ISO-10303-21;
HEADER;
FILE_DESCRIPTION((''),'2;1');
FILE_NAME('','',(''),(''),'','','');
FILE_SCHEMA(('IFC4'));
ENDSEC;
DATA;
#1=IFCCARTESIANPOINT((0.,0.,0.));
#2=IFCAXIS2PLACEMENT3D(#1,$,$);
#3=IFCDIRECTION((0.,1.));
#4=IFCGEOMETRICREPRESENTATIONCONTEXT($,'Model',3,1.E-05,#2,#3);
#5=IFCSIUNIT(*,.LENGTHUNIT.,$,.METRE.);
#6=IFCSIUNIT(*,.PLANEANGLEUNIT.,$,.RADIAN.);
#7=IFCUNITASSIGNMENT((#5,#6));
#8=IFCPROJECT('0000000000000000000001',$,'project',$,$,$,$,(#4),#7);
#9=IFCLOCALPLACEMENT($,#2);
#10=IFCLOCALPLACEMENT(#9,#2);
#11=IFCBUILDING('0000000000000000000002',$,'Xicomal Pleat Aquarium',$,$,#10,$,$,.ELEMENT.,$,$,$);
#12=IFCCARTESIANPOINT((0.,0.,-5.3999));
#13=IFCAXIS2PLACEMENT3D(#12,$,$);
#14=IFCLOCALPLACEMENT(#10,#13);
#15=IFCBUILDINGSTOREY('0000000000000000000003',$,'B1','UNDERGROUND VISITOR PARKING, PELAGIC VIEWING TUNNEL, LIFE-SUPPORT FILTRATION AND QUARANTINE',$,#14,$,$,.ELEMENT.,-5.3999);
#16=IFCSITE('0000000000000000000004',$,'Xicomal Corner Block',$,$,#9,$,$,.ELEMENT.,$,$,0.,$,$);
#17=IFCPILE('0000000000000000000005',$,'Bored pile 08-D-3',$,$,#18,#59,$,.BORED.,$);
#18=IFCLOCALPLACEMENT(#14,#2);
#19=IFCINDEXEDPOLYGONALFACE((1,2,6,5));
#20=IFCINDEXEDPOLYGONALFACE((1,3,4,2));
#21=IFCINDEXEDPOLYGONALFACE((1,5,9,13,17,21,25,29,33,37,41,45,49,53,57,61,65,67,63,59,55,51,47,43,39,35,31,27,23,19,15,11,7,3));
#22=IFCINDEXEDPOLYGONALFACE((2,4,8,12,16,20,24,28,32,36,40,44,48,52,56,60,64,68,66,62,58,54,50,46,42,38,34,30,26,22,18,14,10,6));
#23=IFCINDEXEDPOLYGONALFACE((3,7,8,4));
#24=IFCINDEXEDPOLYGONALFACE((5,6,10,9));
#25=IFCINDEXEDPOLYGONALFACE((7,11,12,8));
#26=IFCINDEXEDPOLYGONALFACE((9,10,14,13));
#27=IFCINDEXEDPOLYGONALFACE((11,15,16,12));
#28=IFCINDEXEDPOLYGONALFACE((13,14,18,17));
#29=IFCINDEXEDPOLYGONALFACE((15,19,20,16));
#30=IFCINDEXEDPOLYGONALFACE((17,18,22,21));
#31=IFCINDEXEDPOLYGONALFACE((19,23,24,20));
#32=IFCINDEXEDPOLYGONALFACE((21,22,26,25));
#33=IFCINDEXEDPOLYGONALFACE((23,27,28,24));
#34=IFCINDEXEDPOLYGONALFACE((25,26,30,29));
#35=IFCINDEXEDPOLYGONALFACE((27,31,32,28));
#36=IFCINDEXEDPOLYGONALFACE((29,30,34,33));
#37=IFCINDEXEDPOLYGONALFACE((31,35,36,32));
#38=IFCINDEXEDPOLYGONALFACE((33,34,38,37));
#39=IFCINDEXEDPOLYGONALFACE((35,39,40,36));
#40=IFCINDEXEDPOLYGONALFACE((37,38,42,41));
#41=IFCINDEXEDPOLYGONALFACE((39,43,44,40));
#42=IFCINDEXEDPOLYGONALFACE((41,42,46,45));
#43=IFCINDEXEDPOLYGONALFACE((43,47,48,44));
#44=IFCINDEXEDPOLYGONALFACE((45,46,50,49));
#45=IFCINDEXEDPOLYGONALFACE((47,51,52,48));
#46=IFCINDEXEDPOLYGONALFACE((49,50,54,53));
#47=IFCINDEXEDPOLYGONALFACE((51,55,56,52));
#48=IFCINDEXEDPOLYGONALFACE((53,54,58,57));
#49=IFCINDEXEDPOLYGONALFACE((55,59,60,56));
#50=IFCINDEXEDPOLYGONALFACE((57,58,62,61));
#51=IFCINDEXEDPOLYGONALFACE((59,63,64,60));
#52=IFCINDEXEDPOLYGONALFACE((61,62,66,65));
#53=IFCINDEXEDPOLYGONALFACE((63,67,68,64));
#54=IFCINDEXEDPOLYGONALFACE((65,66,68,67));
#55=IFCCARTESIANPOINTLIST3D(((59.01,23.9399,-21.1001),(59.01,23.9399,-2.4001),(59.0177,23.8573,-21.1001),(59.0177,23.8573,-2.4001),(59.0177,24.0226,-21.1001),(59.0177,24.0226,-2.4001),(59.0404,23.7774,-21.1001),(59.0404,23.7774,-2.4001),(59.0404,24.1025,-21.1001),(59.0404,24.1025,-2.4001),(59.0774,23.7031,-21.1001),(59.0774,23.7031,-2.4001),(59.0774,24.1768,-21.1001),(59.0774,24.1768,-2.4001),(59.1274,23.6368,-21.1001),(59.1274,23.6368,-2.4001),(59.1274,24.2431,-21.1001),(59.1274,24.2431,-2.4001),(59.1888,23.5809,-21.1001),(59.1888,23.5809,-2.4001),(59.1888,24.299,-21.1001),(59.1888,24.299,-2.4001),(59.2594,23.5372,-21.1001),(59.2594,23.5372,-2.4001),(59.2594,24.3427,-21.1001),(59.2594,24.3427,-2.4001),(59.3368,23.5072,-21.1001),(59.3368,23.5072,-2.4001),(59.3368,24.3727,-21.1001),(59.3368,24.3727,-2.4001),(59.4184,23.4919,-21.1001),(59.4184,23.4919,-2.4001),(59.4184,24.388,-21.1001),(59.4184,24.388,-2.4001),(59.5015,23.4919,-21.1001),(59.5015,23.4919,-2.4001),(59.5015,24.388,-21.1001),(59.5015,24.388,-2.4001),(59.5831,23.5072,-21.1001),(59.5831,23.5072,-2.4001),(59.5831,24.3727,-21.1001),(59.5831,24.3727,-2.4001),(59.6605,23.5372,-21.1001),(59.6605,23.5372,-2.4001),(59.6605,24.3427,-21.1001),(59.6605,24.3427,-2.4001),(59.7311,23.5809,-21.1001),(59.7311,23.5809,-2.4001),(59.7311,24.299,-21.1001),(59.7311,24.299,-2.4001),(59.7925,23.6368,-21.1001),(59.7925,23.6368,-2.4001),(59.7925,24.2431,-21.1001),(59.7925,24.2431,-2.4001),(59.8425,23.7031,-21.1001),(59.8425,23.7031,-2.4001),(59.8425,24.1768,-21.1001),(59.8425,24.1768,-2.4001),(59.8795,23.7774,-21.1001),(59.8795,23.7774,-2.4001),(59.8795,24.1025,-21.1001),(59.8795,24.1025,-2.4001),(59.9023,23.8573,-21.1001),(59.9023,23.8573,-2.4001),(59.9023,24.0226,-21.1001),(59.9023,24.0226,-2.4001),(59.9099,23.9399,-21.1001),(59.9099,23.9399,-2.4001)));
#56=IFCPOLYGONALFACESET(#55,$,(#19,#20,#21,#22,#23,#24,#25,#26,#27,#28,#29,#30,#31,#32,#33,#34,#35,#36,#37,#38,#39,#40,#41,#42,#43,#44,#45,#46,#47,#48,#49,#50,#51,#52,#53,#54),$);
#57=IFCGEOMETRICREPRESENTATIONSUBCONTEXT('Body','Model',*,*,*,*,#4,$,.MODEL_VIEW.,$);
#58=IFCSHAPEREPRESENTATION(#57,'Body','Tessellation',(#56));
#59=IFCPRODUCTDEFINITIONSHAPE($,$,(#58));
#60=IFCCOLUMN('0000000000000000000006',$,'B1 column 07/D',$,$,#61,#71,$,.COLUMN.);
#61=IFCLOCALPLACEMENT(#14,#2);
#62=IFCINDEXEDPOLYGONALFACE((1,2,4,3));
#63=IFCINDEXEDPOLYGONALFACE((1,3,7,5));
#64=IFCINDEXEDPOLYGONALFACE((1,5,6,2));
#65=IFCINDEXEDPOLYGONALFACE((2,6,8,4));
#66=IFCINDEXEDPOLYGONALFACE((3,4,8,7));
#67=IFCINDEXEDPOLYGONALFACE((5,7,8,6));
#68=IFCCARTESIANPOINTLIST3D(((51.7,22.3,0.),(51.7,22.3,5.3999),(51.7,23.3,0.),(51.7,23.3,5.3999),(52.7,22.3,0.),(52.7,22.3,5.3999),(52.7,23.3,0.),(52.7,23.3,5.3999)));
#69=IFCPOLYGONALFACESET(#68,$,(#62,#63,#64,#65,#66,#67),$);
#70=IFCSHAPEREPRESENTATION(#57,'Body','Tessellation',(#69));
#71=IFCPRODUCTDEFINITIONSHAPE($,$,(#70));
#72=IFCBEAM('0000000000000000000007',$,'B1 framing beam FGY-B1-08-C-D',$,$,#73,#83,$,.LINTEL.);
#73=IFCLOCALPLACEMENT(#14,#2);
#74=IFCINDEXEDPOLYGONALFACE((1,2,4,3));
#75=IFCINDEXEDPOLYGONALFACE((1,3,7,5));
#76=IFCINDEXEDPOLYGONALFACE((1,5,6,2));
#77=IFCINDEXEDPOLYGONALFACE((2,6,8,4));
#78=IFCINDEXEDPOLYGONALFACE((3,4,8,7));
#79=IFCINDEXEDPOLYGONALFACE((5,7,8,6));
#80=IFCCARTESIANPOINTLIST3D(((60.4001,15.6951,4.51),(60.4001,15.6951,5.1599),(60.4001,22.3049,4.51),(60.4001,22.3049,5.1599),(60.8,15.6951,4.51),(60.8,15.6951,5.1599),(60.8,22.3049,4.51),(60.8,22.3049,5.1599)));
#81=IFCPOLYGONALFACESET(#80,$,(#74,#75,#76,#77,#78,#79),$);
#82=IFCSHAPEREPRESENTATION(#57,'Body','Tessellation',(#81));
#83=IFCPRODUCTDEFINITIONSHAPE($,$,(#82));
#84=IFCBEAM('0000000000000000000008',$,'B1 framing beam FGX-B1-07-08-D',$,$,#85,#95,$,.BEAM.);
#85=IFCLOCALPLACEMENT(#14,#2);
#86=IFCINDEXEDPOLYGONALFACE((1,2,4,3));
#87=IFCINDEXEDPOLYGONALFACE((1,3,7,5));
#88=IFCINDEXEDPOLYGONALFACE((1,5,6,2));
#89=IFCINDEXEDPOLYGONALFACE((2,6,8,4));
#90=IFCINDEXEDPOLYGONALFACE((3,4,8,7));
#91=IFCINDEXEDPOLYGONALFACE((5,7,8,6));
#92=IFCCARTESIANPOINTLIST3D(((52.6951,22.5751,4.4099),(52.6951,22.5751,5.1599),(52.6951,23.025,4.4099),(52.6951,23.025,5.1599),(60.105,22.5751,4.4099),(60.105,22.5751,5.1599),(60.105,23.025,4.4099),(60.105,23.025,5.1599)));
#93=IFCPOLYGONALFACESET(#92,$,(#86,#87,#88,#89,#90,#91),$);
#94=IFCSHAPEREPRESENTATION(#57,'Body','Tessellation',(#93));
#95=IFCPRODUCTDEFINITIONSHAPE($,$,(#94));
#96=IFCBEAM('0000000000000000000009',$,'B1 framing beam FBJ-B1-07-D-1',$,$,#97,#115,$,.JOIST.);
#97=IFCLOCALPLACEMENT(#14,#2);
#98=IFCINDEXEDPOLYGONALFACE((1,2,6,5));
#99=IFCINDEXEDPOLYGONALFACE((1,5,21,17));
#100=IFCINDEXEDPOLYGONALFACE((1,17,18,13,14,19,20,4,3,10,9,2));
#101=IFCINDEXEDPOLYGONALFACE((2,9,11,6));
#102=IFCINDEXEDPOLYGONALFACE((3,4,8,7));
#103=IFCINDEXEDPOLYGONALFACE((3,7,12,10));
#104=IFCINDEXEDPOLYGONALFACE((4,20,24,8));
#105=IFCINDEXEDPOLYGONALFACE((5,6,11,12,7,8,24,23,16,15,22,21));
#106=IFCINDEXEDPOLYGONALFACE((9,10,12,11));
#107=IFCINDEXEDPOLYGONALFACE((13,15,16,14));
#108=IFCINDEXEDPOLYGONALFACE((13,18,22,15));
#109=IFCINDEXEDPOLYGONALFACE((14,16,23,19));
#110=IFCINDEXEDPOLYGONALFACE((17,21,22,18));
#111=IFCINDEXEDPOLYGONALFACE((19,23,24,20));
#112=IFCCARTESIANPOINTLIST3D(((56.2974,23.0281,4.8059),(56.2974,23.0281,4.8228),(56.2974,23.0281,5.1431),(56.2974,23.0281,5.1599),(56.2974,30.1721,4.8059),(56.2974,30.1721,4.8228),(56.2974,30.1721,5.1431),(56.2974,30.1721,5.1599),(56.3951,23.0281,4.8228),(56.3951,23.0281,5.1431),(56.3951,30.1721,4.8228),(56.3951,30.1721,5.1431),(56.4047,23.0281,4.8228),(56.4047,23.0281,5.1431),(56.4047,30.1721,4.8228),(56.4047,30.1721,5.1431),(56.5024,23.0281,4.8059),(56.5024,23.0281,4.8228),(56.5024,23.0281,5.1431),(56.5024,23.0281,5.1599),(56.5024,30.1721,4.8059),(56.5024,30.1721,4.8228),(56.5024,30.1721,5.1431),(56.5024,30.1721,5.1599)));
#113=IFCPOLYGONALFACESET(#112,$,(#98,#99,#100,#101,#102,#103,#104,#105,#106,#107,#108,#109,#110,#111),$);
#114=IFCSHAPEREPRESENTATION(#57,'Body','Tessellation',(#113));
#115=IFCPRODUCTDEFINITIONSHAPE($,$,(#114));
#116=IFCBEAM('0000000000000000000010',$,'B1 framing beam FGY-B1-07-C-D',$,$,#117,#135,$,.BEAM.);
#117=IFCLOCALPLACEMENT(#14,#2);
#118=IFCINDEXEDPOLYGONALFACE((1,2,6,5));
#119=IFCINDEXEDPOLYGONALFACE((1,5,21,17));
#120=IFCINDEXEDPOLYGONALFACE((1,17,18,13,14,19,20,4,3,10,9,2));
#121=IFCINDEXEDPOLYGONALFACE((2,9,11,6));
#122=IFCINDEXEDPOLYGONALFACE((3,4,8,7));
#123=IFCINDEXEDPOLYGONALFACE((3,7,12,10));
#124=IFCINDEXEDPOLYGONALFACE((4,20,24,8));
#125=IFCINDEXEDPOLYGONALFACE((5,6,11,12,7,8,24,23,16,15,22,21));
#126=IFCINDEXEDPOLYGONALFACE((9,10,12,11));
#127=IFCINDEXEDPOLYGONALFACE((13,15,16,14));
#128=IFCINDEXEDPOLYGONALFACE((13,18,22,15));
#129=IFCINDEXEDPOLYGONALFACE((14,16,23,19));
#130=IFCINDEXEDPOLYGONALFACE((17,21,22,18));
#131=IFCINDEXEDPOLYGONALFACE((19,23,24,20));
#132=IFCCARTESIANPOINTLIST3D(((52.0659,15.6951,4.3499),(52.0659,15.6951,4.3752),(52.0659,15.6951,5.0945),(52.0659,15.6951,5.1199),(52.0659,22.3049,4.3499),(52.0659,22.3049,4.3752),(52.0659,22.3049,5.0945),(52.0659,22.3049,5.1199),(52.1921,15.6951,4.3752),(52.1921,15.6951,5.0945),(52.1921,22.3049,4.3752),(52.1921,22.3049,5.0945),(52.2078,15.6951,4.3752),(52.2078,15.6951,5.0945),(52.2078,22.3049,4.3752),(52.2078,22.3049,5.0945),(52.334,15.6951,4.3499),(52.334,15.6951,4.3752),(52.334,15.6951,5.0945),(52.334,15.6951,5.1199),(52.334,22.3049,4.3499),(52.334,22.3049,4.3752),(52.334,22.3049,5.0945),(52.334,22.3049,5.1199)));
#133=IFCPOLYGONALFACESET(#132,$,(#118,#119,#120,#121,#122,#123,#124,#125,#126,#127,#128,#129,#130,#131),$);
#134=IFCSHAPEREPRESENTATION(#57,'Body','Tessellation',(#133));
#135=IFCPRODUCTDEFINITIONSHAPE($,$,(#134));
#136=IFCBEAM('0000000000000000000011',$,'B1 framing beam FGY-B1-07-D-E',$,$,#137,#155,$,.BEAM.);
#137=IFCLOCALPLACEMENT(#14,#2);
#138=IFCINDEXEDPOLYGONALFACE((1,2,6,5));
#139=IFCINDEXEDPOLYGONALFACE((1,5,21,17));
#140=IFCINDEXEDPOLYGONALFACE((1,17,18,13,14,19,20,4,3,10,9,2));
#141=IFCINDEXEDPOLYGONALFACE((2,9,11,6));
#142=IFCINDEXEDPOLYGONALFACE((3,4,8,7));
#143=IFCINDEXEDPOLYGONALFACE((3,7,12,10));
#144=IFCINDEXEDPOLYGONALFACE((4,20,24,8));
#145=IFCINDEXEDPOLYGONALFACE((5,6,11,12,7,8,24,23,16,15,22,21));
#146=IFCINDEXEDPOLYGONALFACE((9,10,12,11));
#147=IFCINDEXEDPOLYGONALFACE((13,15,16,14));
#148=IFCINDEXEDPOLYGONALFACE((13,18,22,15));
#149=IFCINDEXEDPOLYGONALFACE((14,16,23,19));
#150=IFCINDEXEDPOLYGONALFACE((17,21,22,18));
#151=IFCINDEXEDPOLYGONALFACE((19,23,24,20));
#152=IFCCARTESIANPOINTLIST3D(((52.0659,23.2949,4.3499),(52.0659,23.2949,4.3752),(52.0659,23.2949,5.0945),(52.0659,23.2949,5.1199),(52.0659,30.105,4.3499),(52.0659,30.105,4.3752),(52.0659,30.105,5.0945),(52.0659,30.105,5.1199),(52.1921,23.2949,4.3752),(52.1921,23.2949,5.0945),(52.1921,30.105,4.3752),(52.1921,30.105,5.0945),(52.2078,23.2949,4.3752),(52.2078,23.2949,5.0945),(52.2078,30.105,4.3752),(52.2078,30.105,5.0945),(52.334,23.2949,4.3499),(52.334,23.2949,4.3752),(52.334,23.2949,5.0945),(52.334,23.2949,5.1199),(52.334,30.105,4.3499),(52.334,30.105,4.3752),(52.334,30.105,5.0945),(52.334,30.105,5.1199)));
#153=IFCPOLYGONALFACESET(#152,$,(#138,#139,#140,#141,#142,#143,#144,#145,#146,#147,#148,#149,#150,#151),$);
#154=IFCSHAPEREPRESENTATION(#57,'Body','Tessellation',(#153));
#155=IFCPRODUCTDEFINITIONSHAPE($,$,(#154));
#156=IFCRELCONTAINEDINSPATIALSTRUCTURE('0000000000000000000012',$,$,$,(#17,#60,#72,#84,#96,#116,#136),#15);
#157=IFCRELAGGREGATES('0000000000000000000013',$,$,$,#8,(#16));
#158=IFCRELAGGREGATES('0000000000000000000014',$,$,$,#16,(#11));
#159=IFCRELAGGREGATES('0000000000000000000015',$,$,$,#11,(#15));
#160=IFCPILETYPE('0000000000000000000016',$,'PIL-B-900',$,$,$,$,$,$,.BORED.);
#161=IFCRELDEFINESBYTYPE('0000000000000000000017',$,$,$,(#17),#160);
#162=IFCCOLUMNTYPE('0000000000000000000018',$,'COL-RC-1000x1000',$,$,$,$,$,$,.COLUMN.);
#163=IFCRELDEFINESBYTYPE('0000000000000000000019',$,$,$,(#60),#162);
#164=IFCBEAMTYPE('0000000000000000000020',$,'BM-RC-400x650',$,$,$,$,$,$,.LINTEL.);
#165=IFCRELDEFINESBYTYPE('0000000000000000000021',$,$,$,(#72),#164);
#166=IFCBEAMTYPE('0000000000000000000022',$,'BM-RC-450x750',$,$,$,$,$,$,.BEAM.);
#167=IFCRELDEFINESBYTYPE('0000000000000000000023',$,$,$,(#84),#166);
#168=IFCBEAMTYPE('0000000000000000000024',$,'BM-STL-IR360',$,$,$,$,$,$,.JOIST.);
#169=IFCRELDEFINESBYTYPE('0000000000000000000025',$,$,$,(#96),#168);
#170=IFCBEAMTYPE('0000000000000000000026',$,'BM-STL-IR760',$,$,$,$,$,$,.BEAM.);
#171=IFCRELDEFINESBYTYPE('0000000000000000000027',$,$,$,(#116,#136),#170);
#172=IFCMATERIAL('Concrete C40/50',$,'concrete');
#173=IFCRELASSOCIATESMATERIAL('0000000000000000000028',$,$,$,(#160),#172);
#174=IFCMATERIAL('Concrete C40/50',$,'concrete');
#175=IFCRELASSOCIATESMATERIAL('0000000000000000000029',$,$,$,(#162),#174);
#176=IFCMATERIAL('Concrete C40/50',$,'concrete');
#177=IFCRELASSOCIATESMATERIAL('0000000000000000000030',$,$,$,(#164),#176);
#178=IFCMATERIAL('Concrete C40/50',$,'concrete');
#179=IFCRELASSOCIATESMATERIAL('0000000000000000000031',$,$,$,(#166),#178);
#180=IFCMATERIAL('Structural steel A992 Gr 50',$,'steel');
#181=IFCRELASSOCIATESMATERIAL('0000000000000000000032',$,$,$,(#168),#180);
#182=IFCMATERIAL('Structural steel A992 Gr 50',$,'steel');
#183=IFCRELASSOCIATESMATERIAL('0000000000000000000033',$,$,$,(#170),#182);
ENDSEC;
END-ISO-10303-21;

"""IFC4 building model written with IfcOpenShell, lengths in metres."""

from ifc_helpers import new_model, si_unit, direction, frame, origin, origin_2d, place, context, subcontext, project, spatial, rectangle, circle, i_section, extrude, material, material_profile, profile_set, type_object, element, save


model = new_model("IFC4")

# Units and contexts
model_context = context("Model", 3, precision=1e-05, world=origin(), true_north=direction((0.0, 1.0)))
body_context = subcontext(model_context, "Body", "Model", "MODEL_VIEW")
ifc_project = project(units=[si_unit("LENGTHUNIT", "METRE"), si_unit("PLANEANGLEUNIT", "RADIAN")], contexts=[model_context])

# Site, building, storey
site_placement = place(None, origin())
site = spatial("IfcSite", under=ifc_project, at=site_placement, Name="Xicomal Corner Block", CompositionType="ELEMENT", RefElevation=0.0)
building_placement = place(site_placement, origin())
building = spatial("IfcBuilding", under=site, at=building_placement, Name="Xicomal Pleat Aquarium", CompositionType="ELEMENT")
storey_placement = place(building_placement, frame((0.0, 0.0, -5.3999)))
storey = spatial("IfcBuildingStorey", under=building, at=storey_placement, Name="B1", Description="UNDERGROUND VISITOR PARKING, PELAGIC VIEWING TUNNEL, LIFE-SUPPORT FILTRATION AND QUARANTINE", CompositionType="ELEMENT", Elevation=-5.3999)

# Pile
ifc_material_1 = material(Name="Concrete C40/50", Category="concrete")
ifc_material_profile_1 = material_profile(ifc_material_1, circle(Radius=0.45, at=origin_2d()), Name="BORED PILE D900")
ifc_profile_set_1 = profile_set([ifc_material_profile_1], Name="Concrete C40/50")
pile_type_1 = type_object("IfcPileType", Name="PIL-B-900", PredefinedType="BORED", material=ifc_profile_set_1)
for number, where, z_axis, x_axis, name in (
    (1, (59.46, 23.9399, -2.4001), (0.0, 0.0, -1.0), (1.0, 0.0, 0.0), "Bored pile 08-D-3"),
):
    element("IfcPile", number, at=place(storey_placement, frame(where, z_axis=z_axis, x_axis=x_axis)), inside=storey, type_object=pile_type_1, Name=name, PredefinedType="BORED", context=body_context, shape_type="SweptSolid", body=[
        extrude(circle(Radius=0.45, at=origin_2d()), origin(), (0.0, 0.0, 1.0), 18.7),
    ])

# Column
ifc_material_2 = material(Name="Concrete C40/50", Category="concrete")
ifc_material_profile_2 = material_profile(ifc_material_2, rectangle(XDim=1.0, YDim=1.0, at=origin_2d()), Name="RC 1000x1000")
ifc_profile_set_2 = profile_set([ifc_material_profile_2], Name="Concrete C40/50")
column_type = type_object("IfcColumnType", Name="COL-RC-1000x1000", PredefinedType="COLUMN", material=ifc_profile_set_2)
column_placement = place(storey_placement, frame((52.2, 22.8, 0.0), z_axis=(0.0, 0.0, 1.0), x_axis=(1.0, 0.0, 0.0)))
element("IfcColumn", 2, at=column_placement, inside=storey, type_object=column_type, Name="B1 column 07/D", PredefinedType="COLUMN", context=body_context, shape_type="SweptSolid", body=[
    extrude(rectangle(XDim=1.0, YDim=1.0, at=origin_2d()), origin(), (0.0, 0.0, 1.0), 5.3999),
])

# Beams
ifc_material_3 = material(Name="Concrete C40/50", Category="concrete")
ifc_material_profile_3 = material_profile(ifc_material_3, rectangle(XDim=0.3999, YDim=0.6499, at=origin_2d()), Name="RC 400x650")
ifc_profile_set_3 = profile_set([ifc_material_profile_3], Name="Concrete C40/50")
beam_type_1 = type_object("IfcBeamType", Name="BM-RC-400x650", PredefinedType="LINTEL", material=ifc_profile_set_3)
beam_1_placement = place(storey_placement, frame((60.6001, 15.6951, 4.835), z_axis=(0.0, 1.0, 0.0), x_axis=(-1.0, 0.0, 0.0)))
element("IfcBeam", 3, at=beam_1_placement, inside=storey, type_object=beam_type_1, Name="B1 framing beam FGY-B1-08-C-D", PredefinedType="LINTEL", context=body_context, shape_type="SweptSolid", body=[
    extrude(rectangle(XDim=0.3999, YDim=0.6499, at=origin_2d()), origin(), (0.0, 0.0, 1.0), 6.6099),
])
ifc_material_4 = material(Name="Concrete C40/50", Category="concrete")
ifc_material_profile_4 = material_profile(ifc_material_4, rectangle(XDim=0.45, YDim=0.75, at=origin_2d()), Name="RC 450x750")
ifc_profile_set_4 = profile_set([ifc_material_profile_4], Name="Concrete C40/50")
beam_type_2 = type_object("IfcBeamType", Name="BM-RC-450x750", PredefinedType="BEAM", material=ifc_profile_set_4)
beam_2_placement = place(storey_placement, frame((52.6951, 22.8, 4.7849), z_axis=(1.0, 0.0, 0.0), x_axis=(0.0, 1.0, 0.0)))
element("IfcBeam", 4, at=beam_2_placement, inside=storey, type_object=beam_type_2, Name="B1 framing beam FGX-B1-07-08-D", PredefinedType="BEAM", context=body_context, shape_type="SweptSolid", body=[
    extrude(rectangle(XDim=0.45, YDim=0.75, at=origin_2d()), origin(), (0.0, 0.0, 1.0), 7.4099),
])
ifc_material_5 = material(Name="Structural steel A992 Gr 50", Category="steel")
ifc_material_profile_5 = material_profile(ifc_material_5, i_section(OverallWidth=0.2051, OverallDepth=0.354, WebThickness=0.0095, FlangeThickness=0.0168, at=origin_2d()), Name="IR 360x79")
ifc_profile_set_5 = profile_set([ifc_material_profile_5], Name="Structural steel A992 Gr 50")
beam_type_3 = type_object("IfcBeamType", Name="BM-STL-IR360", PredefinedType="JOIST", material=ifc_profile_set_5)
beam_3_placement = place(storey_placement, frame((56.3999, 23.0281, 4.9829), z_axis=(0.0, 1.0, 0.0), x_axis=(-1.0, 0.0, 0.0)))
element("IfcBeam", 5, at=beam_3_placement, inside=storey, type_object=beam_type_3, Name="B1 framing beam FBJ-B1-07-D-1", PredefinedType="JOIST", context=body_context, shape_type="SweptSolid", body=[
    extrude(i_section(OverallWidth=0.2051, OverallDepth=0.354, WebThickness=0.0095, FlangeThickness=0.0168, at=origin_2d()), origin(), (0.0, 0.0, 1.0), 7.144),
])
ifc_material_6 = material(Name="Structural steel A992 Gr 50", Category="steel")
ifc_material_profile_6 = material_profile(ifc_material_6, i_section(OverallWidth=0.2681, OverallDepth=0.77, WebThickness=0.0156, FlangeThickness=0.0254, at=origin_2d()), Name="IR 760x196")
ifc_profile_set_6 = profile_set([ifc_material_profile_6], Name="Structural steel A992 Gr 50")
beam_type_4 = type_object("IfcBeamType", Name="BM-STL-IR760", PredefinedType="BEAM", material=ifc_profile_set_6)
beam_4_placement = place(storey_placement, frame((52.2, 15.6951, 4.7349), z_axis=(0.0, 1.0, 0.0), x_axis=(-1.0, 0.0, 0.0)))
element("IfcBeam", 6, at=beam_4_placement, inside=storey, type_object=beam_type_4, Name="B1 framing beam FGY-B1-07-C-D", PredefinedType="BEAM", context=body_context, shape_type="SweptSolid", body=[
    extrude(i_section(OverallWidth=0.2681, OverallDepth=0.77, WebThickness=0.0156, FlangeThickness=0.0254, at=origin_2d()), origin(), (0.0, 0.0, 1.0), 6.6099),
])
beam_5_placement = place(storey_placement, frame((52.2, 23.2949, 4.7349), z_axis=(0.0, 1.0, 0.0), x_axis=(-1.0, 0.0, 0.0)))
element("IfcBeam", 7, at=beam_5_placement, inside=storey, type_object=beam_type_4, Name="B1 framing beam FGY-B1-07-D-E", PredefinedType="BEAM", context=body_context, shape_type="SweptSolid", body=[
    extrude(i_section(OverallWidth=0.2681, OverallDepth=0.77, WebThickness=0.0156, FlangeThickness=0.0254, at=origin_2d()), origin(), (0.0, 0.0, 1.0), 6.8101),
])

save(model, "model.ifc")
